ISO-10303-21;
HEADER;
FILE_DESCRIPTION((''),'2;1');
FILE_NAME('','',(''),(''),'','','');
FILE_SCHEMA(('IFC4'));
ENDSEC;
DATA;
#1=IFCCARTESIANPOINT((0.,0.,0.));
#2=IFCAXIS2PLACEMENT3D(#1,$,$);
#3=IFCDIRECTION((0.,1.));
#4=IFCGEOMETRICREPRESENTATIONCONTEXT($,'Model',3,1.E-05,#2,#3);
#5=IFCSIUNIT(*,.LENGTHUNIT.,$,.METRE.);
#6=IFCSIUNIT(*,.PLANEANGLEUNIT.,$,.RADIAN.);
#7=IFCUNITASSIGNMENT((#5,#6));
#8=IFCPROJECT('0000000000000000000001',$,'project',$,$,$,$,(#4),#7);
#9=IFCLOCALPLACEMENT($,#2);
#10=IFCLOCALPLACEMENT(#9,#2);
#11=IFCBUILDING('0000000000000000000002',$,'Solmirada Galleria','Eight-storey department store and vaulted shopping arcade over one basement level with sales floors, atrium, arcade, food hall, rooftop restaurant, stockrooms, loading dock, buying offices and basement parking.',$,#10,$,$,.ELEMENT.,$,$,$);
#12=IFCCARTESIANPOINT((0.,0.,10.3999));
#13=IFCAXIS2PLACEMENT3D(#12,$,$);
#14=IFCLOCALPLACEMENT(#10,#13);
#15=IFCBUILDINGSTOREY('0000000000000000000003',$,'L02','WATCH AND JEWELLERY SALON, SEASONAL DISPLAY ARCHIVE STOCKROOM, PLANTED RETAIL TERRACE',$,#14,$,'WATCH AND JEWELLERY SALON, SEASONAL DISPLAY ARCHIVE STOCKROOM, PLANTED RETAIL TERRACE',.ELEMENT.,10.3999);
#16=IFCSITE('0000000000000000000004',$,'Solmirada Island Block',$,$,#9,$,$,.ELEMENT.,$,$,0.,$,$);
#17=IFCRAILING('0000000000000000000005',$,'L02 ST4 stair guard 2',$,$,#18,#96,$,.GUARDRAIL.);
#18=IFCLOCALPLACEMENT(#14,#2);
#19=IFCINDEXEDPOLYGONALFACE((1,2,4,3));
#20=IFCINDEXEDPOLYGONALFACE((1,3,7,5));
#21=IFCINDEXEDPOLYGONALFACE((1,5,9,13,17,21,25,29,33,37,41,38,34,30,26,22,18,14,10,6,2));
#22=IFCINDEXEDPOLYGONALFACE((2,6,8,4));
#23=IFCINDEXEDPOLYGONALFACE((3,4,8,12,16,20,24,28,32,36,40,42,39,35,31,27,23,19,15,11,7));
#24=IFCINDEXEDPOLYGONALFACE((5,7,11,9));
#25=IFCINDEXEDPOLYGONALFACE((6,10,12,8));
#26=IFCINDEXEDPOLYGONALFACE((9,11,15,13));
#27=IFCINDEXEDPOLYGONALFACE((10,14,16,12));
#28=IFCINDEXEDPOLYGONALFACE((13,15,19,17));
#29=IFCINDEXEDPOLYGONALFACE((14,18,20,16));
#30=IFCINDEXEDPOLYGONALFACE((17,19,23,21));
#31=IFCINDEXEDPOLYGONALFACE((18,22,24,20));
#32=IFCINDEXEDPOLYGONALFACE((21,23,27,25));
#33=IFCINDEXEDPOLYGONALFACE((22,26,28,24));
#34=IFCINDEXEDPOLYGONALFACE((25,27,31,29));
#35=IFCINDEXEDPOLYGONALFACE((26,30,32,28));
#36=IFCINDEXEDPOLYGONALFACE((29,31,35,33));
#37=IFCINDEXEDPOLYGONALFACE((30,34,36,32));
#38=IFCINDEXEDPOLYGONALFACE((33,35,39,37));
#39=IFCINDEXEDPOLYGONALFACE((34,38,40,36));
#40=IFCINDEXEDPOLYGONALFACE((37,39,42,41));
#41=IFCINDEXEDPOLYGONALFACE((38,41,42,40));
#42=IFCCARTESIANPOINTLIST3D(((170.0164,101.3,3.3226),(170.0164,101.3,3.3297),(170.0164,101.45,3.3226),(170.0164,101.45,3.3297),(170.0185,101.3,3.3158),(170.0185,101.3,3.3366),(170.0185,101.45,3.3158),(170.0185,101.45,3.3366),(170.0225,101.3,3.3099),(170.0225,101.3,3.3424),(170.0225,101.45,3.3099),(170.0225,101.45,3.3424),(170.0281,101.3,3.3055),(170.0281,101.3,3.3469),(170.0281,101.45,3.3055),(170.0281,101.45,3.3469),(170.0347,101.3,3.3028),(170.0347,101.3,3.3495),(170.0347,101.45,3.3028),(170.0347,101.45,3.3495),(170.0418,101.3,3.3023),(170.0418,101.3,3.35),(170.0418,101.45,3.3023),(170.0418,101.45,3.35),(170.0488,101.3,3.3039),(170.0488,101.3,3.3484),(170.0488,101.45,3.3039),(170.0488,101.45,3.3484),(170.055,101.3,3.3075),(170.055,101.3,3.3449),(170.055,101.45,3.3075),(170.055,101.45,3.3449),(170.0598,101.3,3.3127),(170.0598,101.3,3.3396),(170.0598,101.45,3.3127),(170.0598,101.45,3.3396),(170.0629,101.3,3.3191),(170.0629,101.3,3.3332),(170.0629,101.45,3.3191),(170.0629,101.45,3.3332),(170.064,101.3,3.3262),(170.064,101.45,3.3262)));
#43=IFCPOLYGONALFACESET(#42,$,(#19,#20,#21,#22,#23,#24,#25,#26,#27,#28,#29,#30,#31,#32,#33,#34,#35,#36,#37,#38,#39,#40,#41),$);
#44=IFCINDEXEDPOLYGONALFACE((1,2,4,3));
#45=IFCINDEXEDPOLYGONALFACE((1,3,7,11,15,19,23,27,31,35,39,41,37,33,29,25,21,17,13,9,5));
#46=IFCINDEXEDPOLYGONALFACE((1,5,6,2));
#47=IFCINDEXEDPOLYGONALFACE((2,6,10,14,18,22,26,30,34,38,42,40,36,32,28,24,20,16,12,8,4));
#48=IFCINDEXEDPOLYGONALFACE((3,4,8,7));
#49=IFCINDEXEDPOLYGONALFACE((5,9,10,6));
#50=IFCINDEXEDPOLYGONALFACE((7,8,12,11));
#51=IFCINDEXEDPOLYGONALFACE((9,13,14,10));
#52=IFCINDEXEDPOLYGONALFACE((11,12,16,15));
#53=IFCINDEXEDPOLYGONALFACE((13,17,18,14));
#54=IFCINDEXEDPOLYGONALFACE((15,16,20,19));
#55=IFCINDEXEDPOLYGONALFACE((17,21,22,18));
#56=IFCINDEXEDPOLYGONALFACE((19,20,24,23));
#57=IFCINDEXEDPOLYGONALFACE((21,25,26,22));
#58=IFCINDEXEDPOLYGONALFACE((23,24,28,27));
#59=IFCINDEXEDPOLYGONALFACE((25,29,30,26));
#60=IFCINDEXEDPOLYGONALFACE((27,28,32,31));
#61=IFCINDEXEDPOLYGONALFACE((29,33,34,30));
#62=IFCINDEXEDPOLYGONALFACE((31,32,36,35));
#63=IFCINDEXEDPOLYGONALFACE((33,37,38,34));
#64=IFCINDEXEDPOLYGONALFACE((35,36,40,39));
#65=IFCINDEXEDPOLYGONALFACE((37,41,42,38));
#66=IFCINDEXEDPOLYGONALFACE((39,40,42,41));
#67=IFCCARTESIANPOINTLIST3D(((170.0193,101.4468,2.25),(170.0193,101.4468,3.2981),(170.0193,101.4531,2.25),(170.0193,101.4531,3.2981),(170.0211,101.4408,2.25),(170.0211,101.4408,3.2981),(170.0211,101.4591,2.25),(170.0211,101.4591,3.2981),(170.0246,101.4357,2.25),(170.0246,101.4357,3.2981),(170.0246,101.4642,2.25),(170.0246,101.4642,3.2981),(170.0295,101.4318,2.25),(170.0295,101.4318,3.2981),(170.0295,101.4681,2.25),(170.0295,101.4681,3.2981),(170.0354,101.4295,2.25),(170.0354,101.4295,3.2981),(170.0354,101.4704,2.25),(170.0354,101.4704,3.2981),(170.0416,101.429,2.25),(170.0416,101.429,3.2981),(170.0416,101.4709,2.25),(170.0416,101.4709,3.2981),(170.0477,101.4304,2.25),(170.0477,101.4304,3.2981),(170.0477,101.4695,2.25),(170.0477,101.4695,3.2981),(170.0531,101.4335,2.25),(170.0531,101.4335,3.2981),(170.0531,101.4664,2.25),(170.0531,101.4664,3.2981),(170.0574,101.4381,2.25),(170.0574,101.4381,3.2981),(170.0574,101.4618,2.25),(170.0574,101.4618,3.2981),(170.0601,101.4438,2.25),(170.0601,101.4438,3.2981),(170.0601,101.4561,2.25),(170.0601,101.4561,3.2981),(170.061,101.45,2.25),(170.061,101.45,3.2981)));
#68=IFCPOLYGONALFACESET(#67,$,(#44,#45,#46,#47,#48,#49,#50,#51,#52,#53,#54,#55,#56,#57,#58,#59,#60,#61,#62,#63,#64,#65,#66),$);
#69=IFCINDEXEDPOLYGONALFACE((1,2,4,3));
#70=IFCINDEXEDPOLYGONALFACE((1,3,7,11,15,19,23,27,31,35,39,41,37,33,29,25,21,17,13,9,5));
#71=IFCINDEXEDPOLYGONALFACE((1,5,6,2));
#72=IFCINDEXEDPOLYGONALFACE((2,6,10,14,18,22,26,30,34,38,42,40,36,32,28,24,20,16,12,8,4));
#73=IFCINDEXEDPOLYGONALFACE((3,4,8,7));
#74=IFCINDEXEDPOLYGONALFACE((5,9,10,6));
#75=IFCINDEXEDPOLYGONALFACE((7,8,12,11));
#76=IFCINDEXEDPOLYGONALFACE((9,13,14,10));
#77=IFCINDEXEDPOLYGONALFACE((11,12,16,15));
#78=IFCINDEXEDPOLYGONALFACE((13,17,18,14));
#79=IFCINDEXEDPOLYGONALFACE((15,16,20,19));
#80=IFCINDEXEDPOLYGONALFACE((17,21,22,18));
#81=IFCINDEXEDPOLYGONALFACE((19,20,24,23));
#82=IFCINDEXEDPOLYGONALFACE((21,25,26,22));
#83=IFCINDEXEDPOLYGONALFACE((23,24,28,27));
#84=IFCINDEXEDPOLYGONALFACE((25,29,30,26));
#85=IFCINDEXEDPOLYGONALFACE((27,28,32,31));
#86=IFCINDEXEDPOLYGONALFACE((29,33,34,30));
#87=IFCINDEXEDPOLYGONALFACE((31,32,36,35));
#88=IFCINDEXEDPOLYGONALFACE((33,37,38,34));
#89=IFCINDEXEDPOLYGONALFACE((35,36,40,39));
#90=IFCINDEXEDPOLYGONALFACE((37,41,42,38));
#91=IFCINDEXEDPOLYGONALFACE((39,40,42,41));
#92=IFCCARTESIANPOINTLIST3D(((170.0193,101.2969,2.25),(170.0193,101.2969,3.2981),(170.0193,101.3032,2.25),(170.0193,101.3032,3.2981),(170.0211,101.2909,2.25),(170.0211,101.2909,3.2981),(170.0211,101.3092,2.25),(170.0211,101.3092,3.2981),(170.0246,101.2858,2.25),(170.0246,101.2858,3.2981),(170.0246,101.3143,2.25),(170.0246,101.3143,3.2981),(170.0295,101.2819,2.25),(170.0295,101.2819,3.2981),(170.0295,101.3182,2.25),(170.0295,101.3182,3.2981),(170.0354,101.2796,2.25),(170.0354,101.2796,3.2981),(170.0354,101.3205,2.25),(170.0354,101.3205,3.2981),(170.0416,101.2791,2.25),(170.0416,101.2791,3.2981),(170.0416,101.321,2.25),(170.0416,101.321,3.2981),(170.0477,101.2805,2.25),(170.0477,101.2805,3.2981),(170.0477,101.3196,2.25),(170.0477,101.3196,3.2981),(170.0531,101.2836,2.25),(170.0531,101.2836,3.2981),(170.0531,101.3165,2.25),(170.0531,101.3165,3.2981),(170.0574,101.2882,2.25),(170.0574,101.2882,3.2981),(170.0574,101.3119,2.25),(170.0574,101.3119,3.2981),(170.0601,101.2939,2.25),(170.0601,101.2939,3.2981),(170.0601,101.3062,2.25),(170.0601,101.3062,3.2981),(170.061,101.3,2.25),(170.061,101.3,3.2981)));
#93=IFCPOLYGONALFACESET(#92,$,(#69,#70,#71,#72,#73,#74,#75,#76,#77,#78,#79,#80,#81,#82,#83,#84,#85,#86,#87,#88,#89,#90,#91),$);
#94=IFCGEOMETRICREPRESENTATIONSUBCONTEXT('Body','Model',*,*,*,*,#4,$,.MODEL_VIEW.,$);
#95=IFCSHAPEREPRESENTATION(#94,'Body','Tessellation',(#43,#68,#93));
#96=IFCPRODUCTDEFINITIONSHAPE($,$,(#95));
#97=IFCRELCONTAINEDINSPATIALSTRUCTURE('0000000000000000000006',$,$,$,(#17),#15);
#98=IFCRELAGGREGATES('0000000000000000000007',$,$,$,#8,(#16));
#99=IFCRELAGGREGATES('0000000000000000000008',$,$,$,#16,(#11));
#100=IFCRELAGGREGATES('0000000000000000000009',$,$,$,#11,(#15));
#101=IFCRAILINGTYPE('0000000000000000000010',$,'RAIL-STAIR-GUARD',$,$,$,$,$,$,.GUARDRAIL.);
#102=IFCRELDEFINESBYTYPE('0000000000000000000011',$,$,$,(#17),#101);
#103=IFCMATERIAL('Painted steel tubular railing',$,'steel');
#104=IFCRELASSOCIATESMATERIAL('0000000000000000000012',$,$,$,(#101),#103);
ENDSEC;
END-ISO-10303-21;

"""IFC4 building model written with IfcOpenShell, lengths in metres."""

from ifc_helpers import new_model, si_unit, direction, frame, origin, origin_2d, place, context, subcontext, project, spatial, circle, extrude, material, type_object, element, save


model = new_model("IFC4")

# Units and contexts
model_context = context("Model", 3, precision=1e-05, world=origin(), true_north=direction((0.0, 1.0)))
body_context = subcontext(model_context, "Body", "Model", "MODEL_VIEW")
ifc_project = project(units=[si_unit("LENGTHUNIT", "METRE"), si_unit("PLANEANGLEUNIT", "RADIAN")], contexts=[model_context])

# Site, building, storey
site_placement = place(None, origin())
site = spatial("IfcSite", under=ifc_project, at=site_placement, Name="Solmirada Island Block", CompositionType="ELEMENT", RefElevation=0.0)
building_placement = place(site_placement, origin())
building = spatial("IfcBuilding", under=site, at=building_placement, Name="Solmirada Galleria", Description="Eight-storey department store and vaulted shopping arcade over one basement level with sales floors, atrium, arcade, food hall, rooftop restaurant, stockrooms, loading dock, buying offices and basement parking.", CompositionType="ELEMENT")
storey_placement = place(building_placement, frame((0.0, 0.0, 10.3999)))
storey = spatial("IfcBuildingStorey", under=building, at=storey_placement, Name="L02", Description="WATCH AND JEWELLERY SALON, SEASONAL DISPLAY ARCHIVE STOCKROOM, PLANTED RETAIL TERRACE", LongName="WATCH AND JEWELLERY SALON, SEASONAL DISPLAY ARCHIVE STOCKROOM, PLANTED RETAIL TERRACE", CompositionType="ELEMENT", Elevation=10.3999)

# Railing
ifc_material_1 = material(Name="Painted steel tubular railing", Category="steel")
railing_type_1 = type_object("IfcRailingType", Name="RAIL-STAIR-GUARD", PredefinedType="GUARDRAIL", material=ifc_material_1)
railing_1_placement = place(storey_placement, frame((170.04, 101.45, 2.25)))
element("IfcRailing", 1, at=railing_1_placement, inside=storey, type_object=railing_type_1, Name="L02 ST4 stair guard 2", PredefinedType="GUARDRAIL", context=body_context, shape_type="SweptSolid", body=[
    extrude(circle(Radius=0.0239, at=origin_2d()), frame((0.0, 0.0, 1.0762), z_axis=(0.0, -1.0, 0.0), x_axis=(1.0, 0.0, 0.0)), (0.0, 0.0, 1.0), 0.1499),
    extrude(circle(Radius=0.021, at=origin_2d()), origin(), (0.0, 0.0, 1.0), 1.0481),
    extrude(circle(Radius=0.021, at=origin_2d()), frame((0.0, -0.1499, 0.0)), (0.0, 0.0, 1.0), 1.0481),
])

save(model, "model.ifc")
